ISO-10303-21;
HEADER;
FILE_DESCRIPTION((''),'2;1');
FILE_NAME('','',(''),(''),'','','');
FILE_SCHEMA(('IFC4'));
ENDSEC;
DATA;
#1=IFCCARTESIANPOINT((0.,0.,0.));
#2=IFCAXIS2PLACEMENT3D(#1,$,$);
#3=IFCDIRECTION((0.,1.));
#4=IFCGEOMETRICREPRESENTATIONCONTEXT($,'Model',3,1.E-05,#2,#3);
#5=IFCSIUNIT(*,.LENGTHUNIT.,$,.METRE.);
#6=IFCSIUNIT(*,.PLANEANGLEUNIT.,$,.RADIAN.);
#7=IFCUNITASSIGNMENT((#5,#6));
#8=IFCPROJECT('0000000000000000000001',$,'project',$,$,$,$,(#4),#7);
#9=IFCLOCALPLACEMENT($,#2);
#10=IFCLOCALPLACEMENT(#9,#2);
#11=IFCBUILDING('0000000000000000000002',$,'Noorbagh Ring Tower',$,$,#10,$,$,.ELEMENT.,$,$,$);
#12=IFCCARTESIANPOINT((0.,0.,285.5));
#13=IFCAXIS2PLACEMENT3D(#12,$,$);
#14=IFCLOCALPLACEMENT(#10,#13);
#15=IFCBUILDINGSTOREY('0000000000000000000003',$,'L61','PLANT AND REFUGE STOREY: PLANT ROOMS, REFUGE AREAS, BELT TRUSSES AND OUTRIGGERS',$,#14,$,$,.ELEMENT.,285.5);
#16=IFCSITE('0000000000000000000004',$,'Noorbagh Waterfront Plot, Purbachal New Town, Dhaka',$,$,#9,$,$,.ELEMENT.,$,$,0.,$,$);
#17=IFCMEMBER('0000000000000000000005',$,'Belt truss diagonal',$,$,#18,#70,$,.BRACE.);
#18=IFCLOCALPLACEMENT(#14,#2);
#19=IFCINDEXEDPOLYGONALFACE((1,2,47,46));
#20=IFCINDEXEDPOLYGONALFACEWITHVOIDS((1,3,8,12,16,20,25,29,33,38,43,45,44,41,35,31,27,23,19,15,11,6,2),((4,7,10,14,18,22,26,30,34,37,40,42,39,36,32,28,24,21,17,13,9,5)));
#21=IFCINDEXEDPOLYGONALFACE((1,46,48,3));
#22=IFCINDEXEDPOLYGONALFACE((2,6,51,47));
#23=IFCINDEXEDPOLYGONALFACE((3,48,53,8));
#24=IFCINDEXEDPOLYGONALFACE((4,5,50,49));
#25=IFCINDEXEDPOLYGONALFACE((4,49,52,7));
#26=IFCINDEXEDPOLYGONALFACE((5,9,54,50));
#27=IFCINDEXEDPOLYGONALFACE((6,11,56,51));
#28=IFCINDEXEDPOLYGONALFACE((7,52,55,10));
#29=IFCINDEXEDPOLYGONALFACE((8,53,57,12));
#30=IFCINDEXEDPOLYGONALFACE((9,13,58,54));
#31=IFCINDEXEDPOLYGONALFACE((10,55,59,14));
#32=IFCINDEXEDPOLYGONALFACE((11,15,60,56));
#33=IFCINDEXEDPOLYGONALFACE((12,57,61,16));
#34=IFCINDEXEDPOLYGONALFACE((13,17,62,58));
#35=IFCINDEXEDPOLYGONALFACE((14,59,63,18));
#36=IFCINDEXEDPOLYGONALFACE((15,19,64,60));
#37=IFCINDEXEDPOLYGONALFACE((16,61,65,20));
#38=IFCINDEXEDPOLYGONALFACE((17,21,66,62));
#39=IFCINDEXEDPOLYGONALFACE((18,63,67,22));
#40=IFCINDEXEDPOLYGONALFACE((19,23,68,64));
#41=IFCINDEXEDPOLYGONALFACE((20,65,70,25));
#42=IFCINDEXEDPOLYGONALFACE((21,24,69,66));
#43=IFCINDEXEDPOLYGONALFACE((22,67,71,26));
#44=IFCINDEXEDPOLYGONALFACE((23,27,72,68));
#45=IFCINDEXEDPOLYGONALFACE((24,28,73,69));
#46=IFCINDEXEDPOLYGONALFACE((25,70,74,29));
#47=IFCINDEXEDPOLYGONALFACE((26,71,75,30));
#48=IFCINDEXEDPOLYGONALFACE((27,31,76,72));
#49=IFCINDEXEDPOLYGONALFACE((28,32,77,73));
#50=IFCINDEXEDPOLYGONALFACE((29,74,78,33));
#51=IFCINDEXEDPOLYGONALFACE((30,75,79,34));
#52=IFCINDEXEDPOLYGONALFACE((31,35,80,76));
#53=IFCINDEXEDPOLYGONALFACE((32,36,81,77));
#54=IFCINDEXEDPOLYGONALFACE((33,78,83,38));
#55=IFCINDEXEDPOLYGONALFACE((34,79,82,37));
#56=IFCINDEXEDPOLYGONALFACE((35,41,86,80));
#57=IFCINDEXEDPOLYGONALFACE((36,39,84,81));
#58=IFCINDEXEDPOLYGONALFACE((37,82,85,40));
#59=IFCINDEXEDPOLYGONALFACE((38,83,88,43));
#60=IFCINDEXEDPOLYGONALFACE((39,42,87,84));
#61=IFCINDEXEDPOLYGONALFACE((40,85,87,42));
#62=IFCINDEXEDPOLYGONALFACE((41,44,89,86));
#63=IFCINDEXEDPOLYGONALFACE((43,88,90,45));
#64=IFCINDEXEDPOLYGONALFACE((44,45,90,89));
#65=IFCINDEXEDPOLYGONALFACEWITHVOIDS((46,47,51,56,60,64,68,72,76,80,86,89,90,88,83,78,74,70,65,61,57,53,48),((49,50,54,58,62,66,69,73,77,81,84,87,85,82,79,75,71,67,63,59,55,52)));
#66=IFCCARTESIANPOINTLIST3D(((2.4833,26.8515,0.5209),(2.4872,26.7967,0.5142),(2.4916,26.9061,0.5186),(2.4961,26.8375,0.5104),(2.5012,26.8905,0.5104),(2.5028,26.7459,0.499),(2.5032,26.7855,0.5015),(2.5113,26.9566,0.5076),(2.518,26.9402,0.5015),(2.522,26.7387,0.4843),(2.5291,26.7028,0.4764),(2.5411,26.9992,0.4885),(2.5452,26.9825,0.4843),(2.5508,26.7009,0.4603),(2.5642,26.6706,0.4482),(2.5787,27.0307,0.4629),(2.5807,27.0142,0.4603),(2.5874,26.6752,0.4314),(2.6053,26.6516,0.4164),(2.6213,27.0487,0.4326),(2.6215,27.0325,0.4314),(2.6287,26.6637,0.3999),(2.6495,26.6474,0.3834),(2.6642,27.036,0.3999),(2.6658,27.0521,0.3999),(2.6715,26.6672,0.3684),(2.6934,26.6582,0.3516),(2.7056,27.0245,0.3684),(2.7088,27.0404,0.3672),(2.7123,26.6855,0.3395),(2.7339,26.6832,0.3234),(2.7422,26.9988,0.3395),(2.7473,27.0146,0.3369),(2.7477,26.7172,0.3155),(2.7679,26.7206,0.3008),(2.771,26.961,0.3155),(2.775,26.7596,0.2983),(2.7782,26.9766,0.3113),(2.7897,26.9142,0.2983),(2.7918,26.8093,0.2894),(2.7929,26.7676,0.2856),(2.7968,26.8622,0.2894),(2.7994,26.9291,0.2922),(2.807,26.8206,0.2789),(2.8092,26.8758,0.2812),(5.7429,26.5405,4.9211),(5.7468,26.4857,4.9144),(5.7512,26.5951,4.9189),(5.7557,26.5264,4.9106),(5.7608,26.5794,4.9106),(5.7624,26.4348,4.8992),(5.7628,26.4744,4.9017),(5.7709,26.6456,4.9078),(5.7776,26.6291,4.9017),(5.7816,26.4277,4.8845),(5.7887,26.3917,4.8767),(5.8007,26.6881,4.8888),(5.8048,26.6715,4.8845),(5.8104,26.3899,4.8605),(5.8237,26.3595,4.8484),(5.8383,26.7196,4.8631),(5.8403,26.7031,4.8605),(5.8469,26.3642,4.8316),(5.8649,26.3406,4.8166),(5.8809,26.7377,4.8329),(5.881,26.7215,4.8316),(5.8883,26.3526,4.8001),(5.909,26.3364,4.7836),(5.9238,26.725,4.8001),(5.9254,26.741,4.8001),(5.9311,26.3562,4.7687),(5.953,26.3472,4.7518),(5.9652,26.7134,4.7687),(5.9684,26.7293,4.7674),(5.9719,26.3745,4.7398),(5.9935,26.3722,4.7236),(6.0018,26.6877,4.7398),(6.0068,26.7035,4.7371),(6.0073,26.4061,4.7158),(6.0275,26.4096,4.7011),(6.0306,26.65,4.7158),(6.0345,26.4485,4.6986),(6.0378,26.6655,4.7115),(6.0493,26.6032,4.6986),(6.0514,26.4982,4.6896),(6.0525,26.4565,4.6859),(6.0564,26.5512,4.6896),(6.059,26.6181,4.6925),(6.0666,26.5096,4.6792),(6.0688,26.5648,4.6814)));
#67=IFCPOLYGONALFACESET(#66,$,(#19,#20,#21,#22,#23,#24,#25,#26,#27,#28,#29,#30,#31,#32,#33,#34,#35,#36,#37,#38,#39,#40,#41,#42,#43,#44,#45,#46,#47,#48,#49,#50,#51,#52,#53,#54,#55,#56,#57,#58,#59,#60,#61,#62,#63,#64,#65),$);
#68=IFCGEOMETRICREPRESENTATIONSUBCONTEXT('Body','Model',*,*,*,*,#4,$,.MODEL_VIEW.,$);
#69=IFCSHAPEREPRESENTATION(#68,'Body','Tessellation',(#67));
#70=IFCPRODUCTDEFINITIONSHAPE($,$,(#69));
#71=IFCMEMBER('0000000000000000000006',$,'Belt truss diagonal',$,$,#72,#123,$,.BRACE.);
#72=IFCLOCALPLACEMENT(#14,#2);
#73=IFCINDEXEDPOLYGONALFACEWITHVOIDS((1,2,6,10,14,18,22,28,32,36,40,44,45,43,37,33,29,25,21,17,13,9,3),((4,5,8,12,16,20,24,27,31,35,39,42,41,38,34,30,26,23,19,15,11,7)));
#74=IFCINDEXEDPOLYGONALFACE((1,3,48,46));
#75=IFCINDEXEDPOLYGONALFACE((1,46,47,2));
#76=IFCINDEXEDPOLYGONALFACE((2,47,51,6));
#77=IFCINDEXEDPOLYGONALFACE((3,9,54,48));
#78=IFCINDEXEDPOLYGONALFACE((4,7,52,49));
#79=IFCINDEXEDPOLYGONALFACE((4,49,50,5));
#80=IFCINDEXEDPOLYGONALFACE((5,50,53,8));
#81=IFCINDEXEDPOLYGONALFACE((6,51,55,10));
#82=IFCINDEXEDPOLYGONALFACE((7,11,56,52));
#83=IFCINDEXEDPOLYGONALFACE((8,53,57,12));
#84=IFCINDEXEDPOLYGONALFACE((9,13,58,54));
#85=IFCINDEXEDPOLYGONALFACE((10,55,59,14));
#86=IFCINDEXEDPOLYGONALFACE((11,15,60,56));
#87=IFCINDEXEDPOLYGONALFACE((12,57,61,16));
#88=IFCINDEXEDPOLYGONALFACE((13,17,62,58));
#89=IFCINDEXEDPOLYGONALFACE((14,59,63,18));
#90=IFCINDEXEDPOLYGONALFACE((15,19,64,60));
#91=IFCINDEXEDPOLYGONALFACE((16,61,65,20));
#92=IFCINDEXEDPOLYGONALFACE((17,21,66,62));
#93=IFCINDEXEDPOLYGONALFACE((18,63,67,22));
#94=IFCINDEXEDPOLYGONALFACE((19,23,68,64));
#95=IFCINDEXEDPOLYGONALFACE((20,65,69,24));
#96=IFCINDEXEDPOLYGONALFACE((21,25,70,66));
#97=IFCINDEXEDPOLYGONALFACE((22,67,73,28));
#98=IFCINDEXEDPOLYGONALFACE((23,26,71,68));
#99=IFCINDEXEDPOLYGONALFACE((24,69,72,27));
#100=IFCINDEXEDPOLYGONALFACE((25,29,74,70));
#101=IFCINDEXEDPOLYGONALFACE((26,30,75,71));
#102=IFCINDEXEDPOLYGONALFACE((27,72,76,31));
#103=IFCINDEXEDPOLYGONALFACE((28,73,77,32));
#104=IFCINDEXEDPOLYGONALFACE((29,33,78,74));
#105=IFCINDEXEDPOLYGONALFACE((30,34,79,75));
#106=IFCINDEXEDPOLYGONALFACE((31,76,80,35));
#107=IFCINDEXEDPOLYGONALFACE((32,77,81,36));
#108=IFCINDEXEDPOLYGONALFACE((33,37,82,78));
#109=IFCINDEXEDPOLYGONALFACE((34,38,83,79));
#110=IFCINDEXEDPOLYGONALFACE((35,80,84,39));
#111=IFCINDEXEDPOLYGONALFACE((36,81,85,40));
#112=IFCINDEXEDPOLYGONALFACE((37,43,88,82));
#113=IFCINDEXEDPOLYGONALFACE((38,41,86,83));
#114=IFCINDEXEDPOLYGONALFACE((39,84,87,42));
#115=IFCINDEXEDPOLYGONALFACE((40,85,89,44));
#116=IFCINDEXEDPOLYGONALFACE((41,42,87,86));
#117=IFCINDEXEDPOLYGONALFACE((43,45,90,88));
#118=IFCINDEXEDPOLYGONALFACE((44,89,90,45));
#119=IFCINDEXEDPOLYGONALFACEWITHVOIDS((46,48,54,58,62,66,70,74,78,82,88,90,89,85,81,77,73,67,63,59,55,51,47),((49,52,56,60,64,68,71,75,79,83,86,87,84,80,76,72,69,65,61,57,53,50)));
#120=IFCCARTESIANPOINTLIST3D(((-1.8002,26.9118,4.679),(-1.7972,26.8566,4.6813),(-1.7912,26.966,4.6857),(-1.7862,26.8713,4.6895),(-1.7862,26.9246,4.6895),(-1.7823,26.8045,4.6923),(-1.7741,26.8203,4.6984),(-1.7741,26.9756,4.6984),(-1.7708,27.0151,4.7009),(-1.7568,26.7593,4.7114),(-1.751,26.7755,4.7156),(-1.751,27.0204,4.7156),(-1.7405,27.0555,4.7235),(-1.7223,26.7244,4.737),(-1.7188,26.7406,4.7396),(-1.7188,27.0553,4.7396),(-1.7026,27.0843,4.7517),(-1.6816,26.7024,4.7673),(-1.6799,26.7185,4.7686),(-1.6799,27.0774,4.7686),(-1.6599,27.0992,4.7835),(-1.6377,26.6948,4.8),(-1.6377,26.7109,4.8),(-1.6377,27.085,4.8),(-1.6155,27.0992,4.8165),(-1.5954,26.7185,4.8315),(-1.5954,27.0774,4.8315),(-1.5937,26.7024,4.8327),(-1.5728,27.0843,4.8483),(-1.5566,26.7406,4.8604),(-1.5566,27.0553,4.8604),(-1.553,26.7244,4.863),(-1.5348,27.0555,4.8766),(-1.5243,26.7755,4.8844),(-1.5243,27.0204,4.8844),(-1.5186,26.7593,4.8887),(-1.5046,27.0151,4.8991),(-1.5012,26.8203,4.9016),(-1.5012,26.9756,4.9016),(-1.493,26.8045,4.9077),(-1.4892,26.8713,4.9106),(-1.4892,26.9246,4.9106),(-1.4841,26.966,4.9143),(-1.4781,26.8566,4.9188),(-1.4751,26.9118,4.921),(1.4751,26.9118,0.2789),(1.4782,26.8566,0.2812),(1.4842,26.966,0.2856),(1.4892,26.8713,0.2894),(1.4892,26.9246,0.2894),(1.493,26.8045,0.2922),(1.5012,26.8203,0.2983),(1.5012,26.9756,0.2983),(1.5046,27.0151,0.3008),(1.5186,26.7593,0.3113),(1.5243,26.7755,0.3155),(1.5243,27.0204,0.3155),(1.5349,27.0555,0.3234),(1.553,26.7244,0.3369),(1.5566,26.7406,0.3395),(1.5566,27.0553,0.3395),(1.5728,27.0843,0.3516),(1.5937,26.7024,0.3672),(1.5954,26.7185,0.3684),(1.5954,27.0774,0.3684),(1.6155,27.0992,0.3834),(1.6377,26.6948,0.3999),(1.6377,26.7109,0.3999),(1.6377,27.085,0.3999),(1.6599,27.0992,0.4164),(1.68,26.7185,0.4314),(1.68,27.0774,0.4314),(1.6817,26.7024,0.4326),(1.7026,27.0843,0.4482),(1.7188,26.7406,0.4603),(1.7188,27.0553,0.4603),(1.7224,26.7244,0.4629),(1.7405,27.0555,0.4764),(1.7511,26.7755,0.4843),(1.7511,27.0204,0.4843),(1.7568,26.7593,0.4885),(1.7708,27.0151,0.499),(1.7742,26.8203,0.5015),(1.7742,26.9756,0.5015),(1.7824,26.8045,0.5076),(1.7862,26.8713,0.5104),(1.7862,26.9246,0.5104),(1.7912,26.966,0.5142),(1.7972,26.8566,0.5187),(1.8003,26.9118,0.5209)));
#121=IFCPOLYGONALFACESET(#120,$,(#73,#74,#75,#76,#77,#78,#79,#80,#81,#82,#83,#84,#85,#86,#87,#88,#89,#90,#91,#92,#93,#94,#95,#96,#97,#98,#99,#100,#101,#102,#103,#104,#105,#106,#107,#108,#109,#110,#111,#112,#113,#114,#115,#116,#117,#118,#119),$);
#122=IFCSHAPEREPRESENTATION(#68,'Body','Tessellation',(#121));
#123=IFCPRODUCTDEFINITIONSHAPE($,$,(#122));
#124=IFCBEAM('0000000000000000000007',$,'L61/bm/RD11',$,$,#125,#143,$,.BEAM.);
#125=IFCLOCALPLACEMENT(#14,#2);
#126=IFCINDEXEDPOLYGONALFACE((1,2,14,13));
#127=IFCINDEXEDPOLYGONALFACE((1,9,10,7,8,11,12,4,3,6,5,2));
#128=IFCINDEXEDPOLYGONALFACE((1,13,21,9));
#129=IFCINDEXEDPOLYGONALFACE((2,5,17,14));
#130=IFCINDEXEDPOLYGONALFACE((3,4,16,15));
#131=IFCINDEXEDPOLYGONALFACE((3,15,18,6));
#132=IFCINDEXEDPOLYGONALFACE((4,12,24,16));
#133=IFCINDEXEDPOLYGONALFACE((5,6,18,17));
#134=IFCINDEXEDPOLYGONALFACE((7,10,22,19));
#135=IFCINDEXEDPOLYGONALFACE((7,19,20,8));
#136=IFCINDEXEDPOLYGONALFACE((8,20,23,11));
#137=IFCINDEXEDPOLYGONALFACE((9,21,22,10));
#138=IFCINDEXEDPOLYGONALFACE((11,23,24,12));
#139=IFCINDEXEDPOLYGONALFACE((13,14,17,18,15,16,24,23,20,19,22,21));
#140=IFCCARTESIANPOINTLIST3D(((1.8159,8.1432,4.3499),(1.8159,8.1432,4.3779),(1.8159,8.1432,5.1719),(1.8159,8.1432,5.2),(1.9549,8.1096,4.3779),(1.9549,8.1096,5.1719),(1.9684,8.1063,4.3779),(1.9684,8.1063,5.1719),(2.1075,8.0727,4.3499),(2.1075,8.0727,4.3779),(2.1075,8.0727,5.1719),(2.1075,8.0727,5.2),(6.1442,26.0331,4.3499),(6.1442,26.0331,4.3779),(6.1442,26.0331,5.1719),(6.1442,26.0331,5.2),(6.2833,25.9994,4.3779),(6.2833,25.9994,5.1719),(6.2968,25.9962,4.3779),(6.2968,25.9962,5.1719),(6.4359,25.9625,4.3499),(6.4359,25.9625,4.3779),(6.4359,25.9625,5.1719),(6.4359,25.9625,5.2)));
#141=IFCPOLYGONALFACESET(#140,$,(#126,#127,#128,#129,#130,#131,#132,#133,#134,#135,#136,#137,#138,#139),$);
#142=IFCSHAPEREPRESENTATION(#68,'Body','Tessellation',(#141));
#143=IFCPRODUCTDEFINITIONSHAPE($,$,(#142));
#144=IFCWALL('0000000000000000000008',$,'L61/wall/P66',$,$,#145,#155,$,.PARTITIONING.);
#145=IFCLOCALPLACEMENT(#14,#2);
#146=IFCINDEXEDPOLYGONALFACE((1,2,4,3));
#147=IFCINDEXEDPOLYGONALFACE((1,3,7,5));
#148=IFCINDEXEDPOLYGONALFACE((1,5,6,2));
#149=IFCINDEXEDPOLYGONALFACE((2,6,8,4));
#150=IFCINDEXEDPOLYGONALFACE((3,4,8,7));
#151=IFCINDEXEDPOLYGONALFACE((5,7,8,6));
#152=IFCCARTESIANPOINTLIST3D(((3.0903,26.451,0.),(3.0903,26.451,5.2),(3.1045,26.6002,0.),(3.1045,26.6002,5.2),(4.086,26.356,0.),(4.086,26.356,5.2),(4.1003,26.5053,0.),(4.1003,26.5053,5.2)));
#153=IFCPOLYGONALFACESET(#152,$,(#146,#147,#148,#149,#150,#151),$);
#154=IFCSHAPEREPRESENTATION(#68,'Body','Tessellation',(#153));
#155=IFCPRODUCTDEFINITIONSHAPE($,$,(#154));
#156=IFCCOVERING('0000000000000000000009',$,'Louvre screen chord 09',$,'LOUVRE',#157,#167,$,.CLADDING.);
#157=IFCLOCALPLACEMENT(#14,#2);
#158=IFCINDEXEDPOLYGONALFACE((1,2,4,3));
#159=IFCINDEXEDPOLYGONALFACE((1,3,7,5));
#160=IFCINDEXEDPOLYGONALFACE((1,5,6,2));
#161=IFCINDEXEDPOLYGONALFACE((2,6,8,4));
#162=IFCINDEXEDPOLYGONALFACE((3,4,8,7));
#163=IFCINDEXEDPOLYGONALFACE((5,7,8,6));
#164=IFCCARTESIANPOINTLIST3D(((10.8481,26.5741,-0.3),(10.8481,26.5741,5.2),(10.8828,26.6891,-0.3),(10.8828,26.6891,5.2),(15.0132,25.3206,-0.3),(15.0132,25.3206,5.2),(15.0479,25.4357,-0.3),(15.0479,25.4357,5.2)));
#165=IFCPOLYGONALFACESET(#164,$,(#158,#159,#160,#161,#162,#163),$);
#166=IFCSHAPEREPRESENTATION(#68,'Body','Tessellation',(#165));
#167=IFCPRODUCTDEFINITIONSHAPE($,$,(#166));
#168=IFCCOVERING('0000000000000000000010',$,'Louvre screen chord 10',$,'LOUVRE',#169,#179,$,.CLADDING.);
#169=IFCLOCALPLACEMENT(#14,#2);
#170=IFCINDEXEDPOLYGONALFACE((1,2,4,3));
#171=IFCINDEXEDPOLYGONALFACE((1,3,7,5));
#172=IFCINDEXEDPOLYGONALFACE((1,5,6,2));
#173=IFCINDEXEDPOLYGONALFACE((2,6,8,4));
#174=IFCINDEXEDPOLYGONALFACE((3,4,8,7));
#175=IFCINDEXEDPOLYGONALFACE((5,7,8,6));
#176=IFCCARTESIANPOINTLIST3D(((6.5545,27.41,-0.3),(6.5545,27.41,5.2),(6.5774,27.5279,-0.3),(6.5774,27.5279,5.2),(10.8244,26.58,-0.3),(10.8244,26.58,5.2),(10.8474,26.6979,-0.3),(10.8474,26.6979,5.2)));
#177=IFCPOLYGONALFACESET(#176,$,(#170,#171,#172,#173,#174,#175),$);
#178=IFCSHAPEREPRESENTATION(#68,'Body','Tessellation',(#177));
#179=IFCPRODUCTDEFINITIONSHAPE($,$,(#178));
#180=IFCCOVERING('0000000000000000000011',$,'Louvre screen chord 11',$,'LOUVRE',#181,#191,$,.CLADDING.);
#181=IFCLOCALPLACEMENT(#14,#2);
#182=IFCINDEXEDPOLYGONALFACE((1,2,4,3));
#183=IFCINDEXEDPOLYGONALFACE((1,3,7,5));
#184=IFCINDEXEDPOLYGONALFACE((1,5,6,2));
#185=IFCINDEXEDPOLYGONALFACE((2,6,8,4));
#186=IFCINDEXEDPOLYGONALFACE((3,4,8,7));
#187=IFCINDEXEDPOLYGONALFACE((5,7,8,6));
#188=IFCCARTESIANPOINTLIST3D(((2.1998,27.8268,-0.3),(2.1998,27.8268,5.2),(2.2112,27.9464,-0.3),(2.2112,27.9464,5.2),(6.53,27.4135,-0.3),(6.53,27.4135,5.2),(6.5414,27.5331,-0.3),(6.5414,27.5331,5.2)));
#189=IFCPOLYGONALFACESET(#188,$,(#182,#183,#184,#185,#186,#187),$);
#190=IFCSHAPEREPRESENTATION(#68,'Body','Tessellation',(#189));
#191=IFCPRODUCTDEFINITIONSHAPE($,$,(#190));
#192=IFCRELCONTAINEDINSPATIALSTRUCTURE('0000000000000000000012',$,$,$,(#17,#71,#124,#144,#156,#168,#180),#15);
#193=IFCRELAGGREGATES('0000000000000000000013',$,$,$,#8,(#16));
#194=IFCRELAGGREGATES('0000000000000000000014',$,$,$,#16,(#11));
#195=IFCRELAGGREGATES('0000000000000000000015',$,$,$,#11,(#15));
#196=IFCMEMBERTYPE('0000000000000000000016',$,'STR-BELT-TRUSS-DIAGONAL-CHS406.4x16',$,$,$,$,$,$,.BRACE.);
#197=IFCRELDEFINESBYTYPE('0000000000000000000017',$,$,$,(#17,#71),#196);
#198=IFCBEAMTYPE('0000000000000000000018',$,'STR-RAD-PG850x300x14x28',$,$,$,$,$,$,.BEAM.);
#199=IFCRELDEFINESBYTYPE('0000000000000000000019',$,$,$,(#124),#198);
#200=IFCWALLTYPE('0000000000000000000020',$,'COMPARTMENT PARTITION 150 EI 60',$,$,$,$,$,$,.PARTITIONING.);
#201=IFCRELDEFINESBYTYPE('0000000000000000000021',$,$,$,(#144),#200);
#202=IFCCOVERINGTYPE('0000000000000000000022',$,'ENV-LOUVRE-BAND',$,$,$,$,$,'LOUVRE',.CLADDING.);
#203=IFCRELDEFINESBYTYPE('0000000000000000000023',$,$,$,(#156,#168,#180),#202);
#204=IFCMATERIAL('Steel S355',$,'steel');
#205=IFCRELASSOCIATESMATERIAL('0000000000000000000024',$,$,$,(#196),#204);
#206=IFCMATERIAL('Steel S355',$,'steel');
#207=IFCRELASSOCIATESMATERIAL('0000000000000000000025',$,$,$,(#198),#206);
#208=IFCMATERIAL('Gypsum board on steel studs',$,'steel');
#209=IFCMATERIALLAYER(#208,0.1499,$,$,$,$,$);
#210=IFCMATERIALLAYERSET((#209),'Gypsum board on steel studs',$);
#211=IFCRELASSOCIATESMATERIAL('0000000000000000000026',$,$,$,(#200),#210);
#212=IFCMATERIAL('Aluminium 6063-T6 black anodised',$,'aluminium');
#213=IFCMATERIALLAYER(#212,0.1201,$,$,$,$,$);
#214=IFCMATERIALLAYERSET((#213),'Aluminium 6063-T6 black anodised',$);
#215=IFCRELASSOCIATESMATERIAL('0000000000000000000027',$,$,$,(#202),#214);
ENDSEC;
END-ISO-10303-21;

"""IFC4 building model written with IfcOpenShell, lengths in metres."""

from ifc_helpers import new_model, si_unit, direction, frame, frame_2d, origin, origin_2d, place, context, subcontext, project, spatial, rectangle, hollow_circle, i_section, extrude, material, layer, layer_set, material_profile, profile_set, type_object, element, save


model = new_model("IFC4")

# Units and contexts
model_context = context("Model", 3, precision=1e-05, world=origin(), true_north=direction((0.0, 1.0)))
body_context = subcontext(model_context, "Body", "Model", "MODEL_VIEW")
ifc_project = project(units=[si_unit("LENGTHUNIT", "METRE"), si_unit("PLANEANGLEUNIT", "RADIAN")], contexts=[model_context])

# Site, building, storey
site_placement = place(None, origin())
site = spatial("IfcSite", under=ifc_project, at=site_placement, Name="Noorbagh Waterfront Plot, Purbachal New Town, Dhaka", CompositionType="ELEMENT", RefElevation=0.0)
building_placement = place(site_placement, origin())
building = spatial("IfcBuilding", under=site, at=building_placement, Name="Noorbagh Ring Tower", CompositionType="ELEMENT")
storey_placement = place(building_placement, frame((0.0, 0.0, 285.5)))
storey = spatial("IfcBuildingStorey", under=building, at=storey_placement, Name="L61", Description="PLANT AND REFUGE STOREY: PLANT ROOMS, REFUGE AREAS, BELT TRUSSES AND OUTRIGGERS", CompositionType="ELEMENT", Elevation=285.5)

# Members
ifc_material_1 = material(Name="Steel S355", Category="steel")
ifc_material_profile_1 = material_profile(ifc_material_1, hollow_circle(Radius=0.2031, WallThickness=0.0161, at=origin_2d()), Name="CHS406.4x16")
ifc_profile_set_1 = profile_set([ifc_material_profile_1], Name="Steel S355")
member_type = type_object("IfcMemberType", Name="STR-BELT-TRUSS-DIAGONAL-CHS406.4x16", PredefinedType="BRACE", material=ifc_profile_set_1)
member_1_placement = place(storey_placement, frame((2.6465, 26.8499, 0.3999), z_axis=(0.594288, -0.056709, 0.802251), x_axis=(0.094992, 0.995478, 0.0)))
element("IfcMember", 1, at=member_1_placement, inside=storey, type_object=member_type, Name="Belt truss diagonal", PredefinedType="BRACE", context=body_context, shape_type="SweptSolid", body=[
    extrude(hollow_circle(Radius=0.2031, WallThickness=0.0161, at=origin_2d()), origin(), (0.0, 0.0, 1.0), 5.4849),
])
member_2_placement = place(storey_placement, frame((1.6377, 26.8979, 0.3999), z_axis=(-0.597112, 0.0, 0.802158), x_axis=(0.0, -1.0, 0.0)))
element("IfcMember", 2, at=member_2_placement, inside=storey, type_object=member_type, Name="Belt truss diagonal", PredefinedType="BRACE", context=body_context, shape_type="SweptSolid", body=[
    extrude(hollow_circle(Radius=0.2031, WallThickness=0.0161, at=origin_2d()), origin(), (0.0, 0.0, 1.0), 5.4854),
])

# Beam
ifc_material_2 = material(Name="Steel S355", Category="steel")
ifc_material_profile_2 = material_profile(ifc_material_2, i_section(OverallWidth=0.3, OverallDepth=0.8501, WebThickness=0.0139, FlangeThickness=0.0281, at=origin_2d()), Name="PG850x300x14x28")
ifc_profile_set_2 = profile_set([ifc_material_profile_2], Name="Steel S355")
beam_type_1 = type_object("IfcBeamType", Name="STR-RAD-PG850x300x14x28", PredefinedType="BEAM", material=ifc_profile_set_2)
beam_placement = place(storey_placement, frame((6.29, 25.9978, 4.7749), z_axis=(-0.23516, -0.971957, 0.0), x_axis=(0.971957, -0.23516, 0.0)))
element("IfcBeam", 3, at=beam_placement, inside=storey, type_object=beam_type_1, Name="L61/bm/RD11", PredefinedType="BEAM", context=body_context, shape_type="SweptSolid", body=[
    extrude(i_section(OverallWidth=0.3, OverallDepth=0.8501, WebThickness=0.0139, FlangeThickness=0.0281, at=origin_2d()), origin(), (0.0, 0.0, 1.0), 18.406),
])

# Wall
ifc_material_3 = material(Name="Gypsum board on steel studs", Category="steel")
ifc_layer_1 = layer(ifc_material_3, 0.1499)
ifc_layer_set_1 = layer_set([ifc_layer_1], Name="Gypsum board on steel studs")
wall_type = type_object("IfcWallType", Name="COMPARTMENT PARTITION 150 EI 60", PredefinedType="PARTITIONING", material=ifc_layer_set_1)
wall_placement = place(storey_placement, frame((4.093, 26.4307, 0.0), z_axis=(0.0, 0.0, 1.0), x_axis=(-0.995481, 0.094959, 0.0)))
element("IfcWall", 4, at=wall_placement, inside=storey, type_object=wall_type, Name="L61/wall/P66", PredefinedType="PARTITIONING", context=body_context, shape_type="SweptSolid", body=[
    extrude(rectangle(XDim=1.0002, YDim=0.1499, at=frame_2d((0.5, 0.0))), origin(), (0.0, 0.0, 1.0), 5.2),
])

# Coverings
ifc_material_4 = material(Name="Aluminium 6063-T6 black anodised", Category="aluminium")
ifc_layer_2 = layer(ifc_material_4, 0.1201)
ifc_layer_set_2 = layer_set([ifc_layer_2], Name="Aluminium 6063-T6 black anodised")
covering_type_1 = type_object("IfcCoveringType", Name="ENV-LOUVRE-BAND", ElementType="LOUVRE", PredefinedType="CLADDING", material=ifc_layer_set_2)
covering_1_placement = place(storey_placement, frame((12.948, 26.0049, -0.3), z_axis=(0.0, 0.0, 1.0), x_axis=(-0.957578, 0.288174, 0.0)))
element("IfcCovering", 5, at=covering_1_placement, inside=storey, type_object=covering_type_1, Name="Louvre screen chord 09", ObjectType="LOUVRE", PredefinedType="CLADDING", context=body_context, shape_type="SweptSolid", body=[
    extrude(rectangle(XDim=4.3496, YDim=0.1201, at=origin_2d()), origin(), (0.0, 0.0, 1.0), 5.5),
])
for number, where, z_axis, x_axis, name in (
    (6, (8.7009, 27.054, -0.3), (0.0, 0.0, 1.0), (-0.981625, 0.19082, 0.0), "Louvre screen chord 10"),
    (7, (4.3706, 27.6799, -0.3), (0.0, 0.0, 1.0), (-0.995476, 0.095008, 0.0), "Louvre screen chord 11"),
):
    element("IfcCovering", number, at=place(storey_placement, frame(where, z_axis=z_axis, x_axis=x_axis)), inside=storey, type_object=covering_type_1, Name=name, ObjectType="LOUVRE", PredefinedType="CLADDING", context=body_context, shape_type="SweptSolid", body=[
        extrude(rectangle(XDim=4.3499, YDim=0.1201, at=origin_2d()), origin(), (0.0, 0.0, 1.0), 5.5),
    ])

save(model, "model.ifc")
